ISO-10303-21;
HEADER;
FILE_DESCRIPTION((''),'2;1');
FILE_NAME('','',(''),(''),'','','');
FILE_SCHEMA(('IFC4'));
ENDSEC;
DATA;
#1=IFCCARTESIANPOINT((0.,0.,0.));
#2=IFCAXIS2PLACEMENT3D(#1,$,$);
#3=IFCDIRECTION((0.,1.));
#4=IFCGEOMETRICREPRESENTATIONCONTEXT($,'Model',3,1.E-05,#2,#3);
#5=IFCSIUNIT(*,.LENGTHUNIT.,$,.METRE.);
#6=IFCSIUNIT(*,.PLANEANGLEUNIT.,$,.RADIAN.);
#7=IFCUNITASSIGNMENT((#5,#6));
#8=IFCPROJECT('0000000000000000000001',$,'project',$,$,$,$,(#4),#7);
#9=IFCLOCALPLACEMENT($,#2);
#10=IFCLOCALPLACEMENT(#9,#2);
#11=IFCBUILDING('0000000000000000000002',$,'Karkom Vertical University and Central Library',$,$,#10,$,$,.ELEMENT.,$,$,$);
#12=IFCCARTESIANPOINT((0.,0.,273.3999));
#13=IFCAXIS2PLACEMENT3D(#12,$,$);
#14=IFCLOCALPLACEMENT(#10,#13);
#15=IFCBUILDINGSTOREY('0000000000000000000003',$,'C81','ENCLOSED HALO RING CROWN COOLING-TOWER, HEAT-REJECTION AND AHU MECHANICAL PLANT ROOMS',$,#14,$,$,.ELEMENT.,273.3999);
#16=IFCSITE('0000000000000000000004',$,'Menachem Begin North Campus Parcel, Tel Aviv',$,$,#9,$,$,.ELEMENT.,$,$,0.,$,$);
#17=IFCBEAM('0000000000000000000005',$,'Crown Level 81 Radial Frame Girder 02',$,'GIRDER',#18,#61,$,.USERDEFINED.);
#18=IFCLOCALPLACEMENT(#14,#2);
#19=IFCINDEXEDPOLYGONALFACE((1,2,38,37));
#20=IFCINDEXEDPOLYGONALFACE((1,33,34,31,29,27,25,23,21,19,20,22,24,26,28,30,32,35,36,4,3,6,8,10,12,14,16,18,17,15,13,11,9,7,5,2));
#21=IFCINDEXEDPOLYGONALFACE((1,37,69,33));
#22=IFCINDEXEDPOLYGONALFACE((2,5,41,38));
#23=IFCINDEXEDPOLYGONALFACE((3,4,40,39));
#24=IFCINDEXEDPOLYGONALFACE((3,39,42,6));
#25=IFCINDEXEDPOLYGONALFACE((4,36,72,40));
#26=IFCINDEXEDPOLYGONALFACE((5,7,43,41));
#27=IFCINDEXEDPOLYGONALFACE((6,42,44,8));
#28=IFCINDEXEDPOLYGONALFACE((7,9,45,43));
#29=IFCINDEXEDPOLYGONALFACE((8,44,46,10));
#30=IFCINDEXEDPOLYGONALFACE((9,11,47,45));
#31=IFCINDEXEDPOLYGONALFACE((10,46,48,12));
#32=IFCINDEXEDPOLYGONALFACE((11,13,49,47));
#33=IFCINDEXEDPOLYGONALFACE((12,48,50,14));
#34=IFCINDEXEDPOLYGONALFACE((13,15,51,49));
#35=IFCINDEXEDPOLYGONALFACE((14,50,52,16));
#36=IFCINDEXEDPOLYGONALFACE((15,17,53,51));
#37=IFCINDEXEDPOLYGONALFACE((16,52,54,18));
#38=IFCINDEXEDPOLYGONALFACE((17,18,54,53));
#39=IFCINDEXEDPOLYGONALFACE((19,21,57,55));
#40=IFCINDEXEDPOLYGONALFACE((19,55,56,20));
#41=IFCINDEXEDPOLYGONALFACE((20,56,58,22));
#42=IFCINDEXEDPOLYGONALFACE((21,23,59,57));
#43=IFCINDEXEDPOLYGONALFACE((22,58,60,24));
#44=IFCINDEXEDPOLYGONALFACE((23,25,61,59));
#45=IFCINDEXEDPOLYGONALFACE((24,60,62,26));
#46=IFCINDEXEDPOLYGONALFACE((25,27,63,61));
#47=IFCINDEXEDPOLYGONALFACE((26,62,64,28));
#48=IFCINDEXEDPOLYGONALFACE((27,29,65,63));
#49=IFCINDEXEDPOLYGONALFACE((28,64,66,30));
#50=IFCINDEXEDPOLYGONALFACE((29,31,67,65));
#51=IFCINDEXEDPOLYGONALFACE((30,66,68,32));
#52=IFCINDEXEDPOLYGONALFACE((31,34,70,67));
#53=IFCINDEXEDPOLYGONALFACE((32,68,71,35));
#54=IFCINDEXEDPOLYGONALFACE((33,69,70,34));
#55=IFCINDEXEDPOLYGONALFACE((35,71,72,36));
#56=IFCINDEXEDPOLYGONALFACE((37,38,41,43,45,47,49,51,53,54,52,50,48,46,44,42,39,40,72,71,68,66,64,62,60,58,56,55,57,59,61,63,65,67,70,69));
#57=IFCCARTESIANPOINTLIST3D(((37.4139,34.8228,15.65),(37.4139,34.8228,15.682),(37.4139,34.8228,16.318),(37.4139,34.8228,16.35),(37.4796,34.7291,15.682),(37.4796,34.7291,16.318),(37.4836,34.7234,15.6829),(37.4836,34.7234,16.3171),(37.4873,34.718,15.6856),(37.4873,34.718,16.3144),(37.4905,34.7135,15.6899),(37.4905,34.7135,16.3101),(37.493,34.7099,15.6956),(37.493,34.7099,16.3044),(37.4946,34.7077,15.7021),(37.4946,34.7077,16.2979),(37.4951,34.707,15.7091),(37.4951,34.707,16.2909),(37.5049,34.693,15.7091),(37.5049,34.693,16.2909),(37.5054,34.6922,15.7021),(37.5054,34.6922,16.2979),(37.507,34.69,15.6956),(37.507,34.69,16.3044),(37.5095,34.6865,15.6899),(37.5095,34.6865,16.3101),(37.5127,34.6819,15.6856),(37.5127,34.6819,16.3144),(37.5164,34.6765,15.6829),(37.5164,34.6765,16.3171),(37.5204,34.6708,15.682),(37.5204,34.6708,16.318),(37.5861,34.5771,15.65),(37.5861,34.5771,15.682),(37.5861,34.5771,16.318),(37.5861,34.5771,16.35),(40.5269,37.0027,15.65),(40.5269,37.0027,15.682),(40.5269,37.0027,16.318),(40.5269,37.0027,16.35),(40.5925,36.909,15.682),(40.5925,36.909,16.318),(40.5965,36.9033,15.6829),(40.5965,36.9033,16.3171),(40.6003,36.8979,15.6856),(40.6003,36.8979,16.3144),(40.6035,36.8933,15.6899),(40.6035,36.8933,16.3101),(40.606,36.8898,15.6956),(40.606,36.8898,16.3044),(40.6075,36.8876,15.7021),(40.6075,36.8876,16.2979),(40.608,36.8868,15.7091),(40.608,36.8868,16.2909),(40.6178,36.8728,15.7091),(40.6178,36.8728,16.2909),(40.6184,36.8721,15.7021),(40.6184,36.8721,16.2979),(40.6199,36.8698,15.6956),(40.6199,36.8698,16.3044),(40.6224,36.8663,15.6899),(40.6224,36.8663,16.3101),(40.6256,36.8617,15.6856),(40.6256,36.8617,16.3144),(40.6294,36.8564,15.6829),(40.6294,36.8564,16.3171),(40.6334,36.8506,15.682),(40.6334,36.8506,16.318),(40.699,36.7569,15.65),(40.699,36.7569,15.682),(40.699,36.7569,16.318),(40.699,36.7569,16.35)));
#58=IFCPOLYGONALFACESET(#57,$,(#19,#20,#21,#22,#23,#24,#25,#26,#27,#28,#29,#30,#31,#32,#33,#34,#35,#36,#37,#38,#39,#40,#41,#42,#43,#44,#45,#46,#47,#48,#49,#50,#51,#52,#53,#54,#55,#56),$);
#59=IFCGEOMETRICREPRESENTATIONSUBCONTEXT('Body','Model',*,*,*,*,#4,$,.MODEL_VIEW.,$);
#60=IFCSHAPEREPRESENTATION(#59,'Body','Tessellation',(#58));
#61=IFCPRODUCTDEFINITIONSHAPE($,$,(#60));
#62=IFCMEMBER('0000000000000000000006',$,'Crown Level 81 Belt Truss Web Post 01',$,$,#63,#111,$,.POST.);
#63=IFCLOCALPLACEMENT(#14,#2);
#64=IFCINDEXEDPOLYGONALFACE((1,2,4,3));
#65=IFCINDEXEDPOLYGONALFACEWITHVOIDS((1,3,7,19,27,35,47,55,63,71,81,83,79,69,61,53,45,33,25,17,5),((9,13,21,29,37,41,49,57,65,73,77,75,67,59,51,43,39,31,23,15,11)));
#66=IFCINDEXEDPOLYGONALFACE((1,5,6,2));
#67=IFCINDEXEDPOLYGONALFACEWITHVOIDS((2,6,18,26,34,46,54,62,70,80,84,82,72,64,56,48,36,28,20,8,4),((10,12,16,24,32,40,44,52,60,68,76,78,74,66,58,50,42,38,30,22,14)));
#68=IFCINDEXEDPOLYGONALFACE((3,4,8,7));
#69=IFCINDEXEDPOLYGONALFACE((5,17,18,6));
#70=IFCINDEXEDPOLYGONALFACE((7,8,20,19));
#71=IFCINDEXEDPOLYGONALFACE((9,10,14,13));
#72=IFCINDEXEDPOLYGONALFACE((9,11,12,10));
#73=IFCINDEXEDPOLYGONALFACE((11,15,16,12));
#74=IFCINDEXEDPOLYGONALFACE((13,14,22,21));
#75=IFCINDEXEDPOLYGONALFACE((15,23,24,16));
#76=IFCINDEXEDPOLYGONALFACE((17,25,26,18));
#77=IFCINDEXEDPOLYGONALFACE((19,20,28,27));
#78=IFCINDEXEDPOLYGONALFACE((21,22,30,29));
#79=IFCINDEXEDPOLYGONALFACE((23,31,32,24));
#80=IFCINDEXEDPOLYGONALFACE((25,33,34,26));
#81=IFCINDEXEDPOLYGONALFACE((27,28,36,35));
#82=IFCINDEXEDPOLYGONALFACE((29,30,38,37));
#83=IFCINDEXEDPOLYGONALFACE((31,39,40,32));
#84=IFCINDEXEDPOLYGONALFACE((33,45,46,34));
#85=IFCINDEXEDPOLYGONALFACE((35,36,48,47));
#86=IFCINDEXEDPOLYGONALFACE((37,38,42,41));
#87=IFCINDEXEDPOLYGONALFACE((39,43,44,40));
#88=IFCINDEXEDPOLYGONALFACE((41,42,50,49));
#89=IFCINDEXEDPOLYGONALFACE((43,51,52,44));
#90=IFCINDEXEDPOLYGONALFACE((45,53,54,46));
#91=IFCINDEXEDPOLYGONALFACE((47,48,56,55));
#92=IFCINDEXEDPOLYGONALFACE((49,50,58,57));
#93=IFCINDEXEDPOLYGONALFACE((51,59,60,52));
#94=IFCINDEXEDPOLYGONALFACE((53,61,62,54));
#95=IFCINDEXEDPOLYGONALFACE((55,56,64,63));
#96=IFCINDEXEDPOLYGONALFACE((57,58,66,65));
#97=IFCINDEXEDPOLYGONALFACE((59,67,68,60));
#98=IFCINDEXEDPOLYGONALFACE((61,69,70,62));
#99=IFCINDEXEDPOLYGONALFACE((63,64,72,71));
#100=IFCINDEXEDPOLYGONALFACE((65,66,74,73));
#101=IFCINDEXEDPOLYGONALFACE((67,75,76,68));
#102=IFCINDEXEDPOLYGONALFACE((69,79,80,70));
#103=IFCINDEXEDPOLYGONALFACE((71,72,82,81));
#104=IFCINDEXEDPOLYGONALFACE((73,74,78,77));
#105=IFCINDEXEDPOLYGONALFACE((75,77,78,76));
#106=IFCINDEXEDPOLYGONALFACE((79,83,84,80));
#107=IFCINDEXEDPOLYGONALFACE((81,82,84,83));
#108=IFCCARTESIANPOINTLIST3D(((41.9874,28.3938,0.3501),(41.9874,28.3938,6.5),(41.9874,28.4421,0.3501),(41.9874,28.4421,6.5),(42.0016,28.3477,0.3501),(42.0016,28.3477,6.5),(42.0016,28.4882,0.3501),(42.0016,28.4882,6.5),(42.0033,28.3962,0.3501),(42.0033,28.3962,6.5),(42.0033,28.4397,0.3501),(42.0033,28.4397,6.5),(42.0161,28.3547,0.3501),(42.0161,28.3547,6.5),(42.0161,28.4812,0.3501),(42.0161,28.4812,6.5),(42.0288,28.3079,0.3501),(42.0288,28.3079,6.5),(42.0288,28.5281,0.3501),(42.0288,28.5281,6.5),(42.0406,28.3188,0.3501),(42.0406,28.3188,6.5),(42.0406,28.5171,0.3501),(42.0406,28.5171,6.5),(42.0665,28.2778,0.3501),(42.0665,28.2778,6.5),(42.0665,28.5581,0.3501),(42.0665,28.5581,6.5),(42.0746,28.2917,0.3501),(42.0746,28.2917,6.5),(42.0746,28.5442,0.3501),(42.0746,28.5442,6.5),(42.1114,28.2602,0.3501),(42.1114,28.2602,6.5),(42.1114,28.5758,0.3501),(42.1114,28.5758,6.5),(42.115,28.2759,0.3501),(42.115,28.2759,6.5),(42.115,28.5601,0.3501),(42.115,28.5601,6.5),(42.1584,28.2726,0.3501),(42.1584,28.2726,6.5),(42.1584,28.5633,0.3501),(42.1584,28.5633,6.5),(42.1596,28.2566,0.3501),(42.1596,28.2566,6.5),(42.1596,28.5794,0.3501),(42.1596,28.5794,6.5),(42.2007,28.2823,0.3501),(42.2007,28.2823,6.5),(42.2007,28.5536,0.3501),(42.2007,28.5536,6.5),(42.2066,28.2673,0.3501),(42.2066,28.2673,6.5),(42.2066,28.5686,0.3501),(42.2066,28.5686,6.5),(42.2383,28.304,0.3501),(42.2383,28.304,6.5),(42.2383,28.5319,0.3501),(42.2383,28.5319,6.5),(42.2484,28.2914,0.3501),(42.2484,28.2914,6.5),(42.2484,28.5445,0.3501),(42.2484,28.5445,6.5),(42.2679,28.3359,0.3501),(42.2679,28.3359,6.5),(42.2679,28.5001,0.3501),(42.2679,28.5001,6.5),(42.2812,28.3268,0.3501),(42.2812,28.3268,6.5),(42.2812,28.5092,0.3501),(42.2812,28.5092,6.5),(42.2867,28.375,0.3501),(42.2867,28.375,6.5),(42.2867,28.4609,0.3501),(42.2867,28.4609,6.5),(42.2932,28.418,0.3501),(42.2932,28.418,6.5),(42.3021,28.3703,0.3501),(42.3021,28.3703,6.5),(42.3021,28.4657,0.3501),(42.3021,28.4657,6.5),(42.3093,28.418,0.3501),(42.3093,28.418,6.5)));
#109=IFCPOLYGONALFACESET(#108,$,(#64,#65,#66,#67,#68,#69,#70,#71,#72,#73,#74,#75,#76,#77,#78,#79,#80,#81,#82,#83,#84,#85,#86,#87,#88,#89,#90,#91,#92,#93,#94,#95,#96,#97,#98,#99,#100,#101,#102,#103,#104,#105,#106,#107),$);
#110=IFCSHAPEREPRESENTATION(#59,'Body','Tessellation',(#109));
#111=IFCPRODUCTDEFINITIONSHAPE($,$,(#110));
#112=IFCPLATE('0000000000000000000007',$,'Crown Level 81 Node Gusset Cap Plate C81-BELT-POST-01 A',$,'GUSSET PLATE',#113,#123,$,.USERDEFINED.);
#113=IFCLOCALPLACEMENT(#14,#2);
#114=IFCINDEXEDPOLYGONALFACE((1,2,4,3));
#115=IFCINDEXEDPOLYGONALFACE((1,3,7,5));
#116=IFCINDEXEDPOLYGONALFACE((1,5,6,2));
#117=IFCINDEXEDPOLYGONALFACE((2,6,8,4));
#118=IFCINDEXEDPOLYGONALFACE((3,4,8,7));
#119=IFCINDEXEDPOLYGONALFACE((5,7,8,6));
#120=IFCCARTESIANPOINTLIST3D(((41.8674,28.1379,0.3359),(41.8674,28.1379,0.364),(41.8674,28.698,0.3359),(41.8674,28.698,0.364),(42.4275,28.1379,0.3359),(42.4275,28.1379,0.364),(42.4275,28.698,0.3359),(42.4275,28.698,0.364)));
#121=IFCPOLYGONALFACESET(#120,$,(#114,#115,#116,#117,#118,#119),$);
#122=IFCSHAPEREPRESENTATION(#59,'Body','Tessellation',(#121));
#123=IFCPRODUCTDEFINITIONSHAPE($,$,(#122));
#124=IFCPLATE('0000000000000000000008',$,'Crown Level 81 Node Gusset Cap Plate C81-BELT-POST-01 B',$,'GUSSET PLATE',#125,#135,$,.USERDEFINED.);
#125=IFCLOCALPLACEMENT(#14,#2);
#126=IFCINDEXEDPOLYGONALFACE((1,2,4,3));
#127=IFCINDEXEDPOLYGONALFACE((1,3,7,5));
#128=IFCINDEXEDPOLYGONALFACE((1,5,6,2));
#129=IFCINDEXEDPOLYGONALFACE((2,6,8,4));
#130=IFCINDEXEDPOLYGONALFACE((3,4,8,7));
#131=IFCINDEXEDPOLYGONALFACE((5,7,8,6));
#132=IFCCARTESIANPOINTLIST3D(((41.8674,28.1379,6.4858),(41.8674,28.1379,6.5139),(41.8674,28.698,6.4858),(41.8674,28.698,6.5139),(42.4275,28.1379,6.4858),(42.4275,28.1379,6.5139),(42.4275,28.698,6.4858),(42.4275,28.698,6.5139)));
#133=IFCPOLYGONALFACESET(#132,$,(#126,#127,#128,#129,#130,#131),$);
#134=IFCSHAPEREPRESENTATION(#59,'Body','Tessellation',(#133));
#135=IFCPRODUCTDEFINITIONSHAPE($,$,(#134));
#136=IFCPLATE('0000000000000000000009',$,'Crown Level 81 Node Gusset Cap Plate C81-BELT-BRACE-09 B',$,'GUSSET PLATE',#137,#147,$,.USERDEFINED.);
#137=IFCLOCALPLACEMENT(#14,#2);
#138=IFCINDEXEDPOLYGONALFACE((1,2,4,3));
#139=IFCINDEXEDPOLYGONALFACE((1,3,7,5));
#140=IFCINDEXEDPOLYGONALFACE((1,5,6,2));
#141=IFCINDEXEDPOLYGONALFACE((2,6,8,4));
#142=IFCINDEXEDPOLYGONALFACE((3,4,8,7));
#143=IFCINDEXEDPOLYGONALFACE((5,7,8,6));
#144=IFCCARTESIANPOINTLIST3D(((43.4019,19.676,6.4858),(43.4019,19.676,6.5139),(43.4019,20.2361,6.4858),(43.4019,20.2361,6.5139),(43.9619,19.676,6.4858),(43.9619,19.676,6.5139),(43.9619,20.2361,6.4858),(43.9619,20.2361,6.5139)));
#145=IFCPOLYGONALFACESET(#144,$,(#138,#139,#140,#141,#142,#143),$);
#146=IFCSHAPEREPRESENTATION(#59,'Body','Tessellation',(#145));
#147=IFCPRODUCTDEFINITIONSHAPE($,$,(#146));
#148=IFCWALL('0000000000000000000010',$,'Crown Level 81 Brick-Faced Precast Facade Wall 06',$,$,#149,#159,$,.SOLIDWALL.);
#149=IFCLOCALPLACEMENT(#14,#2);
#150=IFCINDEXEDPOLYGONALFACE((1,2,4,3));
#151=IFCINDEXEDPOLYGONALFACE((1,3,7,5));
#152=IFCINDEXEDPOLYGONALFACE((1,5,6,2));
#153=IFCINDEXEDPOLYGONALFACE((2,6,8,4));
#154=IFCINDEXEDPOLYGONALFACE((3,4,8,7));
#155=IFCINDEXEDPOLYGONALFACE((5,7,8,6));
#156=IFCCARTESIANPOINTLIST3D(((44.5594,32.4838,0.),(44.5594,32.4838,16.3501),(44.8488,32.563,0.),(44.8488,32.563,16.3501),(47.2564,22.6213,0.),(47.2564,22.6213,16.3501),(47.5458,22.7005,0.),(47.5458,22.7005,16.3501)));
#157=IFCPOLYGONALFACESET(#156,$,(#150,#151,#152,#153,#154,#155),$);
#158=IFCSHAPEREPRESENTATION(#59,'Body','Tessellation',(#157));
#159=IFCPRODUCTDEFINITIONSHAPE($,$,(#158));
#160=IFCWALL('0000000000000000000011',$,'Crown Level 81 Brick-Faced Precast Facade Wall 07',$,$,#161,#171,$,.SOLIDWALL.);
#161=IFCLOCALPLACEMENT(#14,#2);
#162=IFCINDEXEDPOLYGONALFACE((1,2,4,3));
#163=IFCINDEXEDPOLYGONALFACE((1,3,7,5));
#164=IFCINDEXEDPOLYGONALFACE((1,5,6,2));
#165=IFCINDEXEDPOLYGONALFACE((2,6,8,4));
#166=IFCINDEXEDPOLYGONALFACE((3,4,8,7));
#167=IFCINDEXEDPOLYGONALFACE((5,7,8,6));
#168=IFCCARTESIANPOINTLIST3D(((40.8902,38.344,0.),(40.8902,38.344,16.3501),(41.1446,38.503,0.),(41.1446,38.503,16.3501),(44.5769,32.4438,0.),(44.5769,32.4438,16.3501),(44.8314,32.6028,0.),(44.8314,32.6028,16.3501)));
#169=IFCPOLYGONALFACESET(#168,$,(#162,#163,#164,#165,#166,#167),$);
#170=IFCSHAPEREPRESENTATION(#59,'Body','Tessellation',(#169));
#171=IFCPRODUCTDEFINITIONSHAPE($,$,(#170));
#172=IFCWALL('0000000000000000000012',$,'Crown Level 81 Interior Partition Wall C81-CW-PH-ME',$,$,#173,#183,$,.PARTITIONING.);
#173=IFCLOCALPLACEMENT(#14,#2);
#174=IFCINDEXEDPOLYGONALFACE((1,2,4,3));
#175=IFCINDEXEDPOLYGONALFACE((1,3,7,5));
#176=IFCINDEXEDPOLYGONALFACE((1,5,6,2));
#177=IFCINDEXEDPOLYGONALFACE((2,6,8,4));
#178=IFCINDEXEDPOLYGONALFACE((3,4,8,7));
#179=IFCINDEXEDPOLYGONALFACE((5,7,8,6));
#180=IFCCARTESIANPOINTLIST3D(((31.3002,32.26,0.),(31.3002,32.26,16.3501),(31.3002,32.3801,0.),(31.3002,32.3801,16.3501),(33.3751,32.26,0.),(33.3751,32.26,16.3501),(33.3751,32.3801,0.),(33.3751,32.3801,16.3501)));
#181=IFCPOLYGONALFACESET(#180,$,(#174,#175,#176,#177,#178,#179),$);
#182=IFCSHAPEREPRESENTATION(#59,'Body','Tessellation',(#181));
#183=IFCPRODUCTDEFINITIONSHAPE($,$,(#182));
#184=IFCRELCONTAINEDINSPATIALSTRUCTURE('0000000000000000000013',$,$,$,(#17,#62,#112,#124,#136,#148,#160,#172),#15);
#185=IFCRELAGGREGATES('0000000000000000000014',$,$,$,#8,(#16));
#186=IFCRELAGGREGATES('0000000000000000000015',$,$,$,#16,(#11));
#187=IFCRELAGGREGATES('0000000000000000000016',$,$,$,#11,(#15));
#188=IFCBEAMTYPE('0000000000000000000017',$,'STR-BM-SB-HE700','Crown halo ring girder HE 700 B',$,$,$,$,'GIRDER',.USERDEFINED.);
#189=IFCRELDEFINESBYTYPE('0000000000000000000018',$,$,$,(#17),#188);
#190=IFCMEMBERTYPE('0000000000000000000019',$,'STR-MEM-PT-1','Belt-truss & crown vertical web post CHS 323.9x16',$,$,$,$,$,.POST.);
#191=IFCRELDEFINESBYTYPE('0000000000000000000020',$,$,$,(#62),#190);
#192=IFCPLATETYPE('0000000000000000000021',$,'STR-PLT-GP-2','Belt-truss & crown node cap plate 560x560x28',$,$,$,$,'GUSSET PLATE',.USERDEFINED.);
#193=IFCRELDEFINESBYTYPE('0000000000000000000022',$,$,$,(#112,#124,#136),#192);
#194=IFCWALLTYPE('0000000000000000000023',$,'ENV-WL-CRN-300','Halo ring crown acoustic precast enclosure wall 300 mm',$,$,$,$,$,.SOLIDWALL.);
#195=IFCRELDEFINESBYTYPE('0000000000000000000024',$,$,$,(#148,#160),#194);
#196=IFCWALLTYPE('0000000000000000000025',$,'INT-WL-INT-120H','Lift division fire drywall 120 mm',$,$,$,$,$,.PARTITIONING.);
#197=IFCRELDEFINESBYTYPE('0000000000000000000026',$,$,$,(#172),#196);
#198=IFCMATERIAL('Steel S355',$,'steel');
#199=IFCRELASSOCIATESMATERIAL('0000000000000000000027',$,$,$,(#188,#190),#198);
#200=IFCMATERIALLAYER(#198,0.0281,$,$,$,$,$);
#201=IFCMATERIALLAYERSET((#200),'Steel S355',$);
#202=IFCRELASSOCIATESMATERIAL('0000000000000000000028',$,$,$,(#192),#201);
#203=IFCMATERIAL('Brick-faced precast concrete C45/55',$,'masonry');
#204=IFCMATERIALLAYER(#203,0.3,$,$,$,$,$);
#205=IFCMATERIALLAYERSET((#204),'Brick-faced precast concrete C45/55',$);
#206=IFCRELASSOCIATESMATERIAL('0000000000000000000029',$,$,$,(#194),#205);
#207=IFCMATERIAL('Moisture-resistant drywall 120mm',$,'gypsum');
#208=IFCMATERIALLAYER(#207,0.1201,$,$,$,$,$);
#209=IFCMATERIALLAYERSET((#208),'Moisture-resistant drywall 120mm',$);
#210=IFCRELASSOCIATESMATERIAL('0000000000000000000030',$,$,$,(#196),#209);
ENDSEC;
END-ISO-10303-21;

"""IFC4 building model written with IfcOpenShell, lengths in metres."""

from ifc_helpers import new_model, si_unit, direction, frame, frame_2d, origin, origin_with_axes, origin_2d, place, context, subcontext, project, spatial, rectangle, hollow_circle, i_section, extrude, source, transform, mapped, material, layer, layer_set, material_profile, profile_set, type_object, element, save


model = new_model("IFC4")

# Units and contexts
model_context = context("Model", 3, precision=1e-05, world=origin(), true_north=direction((0.0, 1.0)))
body_context = subcontext(model_context, "Body", "Model", "MODEL_VIEW")
ifc_project = project(units=[si_unit("LENGTHUNIT", "METRE"), si_unit("PLANEANGLEUNIT", "RADIAN")], contexts=[model_context])

# Site, building, storey
site_placement = place(None, origin())
site = spatial("IfcSite", under=ifc_project, at=site_placement, Name="Menachem Begin North Campus Parcel, Tel Aviv", CompositionType="ELEMENT", RefElevation=0.0)
building_placement = place(site_placement, origin())
building = spatial("IfcBuilding", under=site, at=building_placement, Name="Karkom Vertical University and Central Library", CompositionType="ELEMENT")
storey_placement = place(building_placement, frame((0.0, 0.0, 273.3999)))
storey = spatial("IfcBuildingStorey", under=building, at=storey_placement, Name="C81", Description="ENCLOSED HALO RING CROWN COOLING-TOWER, HEAT-REJECTION AND AHU MECHANICAL PLANT ROOMS", CompositionType="ELEMENT", Elevation=273.3999)

# Shared definitions
ifc_material_1 = material(Name="Steel S355", Category="steel")

# Beam
ifc_material_profile_1 = material_profile(ifc_material_1, i_section(OverallWidth=0.3, OverallDepth=0.7, WebThickness=0.0171, FlangeThickness=0.032, FilletRadius=0.0271, at=origin_2d()), Name="HE 700 B")
ifc_profile_set_1 = profile_set([ifc_material_profile_1], Name="Steel S355")
beam_type_1 = type_object("IfcBeamType", Name="STR-BM-SB-HE700", Description="Crown halo ring girder HE 700 B", ElementType="GIRDER", PredefinedType="USERDEFINED", material=ifc_profile_set_1)
shared_shape_1 = source(origin_with_axes(), body_context, "Body", "SweptSolid", [
    extrude(i_section(OverallWidth=0.3, OverallDepth=0.7, WebThickness=0.0171, FlangeThickness=0.032, FilletRadius=0.0271, at=origin_2d()), origin(), (0.0, 0.0, 1.0), 3.8003),
])
beam_1_placement = place(storey_placement, frame((37.5, 34.7, 16.0), z_axis=(0.819132, 0.573605, 0.0), x_axis=(-0.573605, 0.819132, 0.0)))
element("IfcBeam", 1, at=beam_1_placement, inside=storey, type_object=beam_type_1, Name="Crown Level 81 Radial Frame Girder 02", ObjectType="GIRDER", PredefinedType="USERDEFINED", context=body_context, shape_type="MappedRepresentation", body=[
    mapped(shared_shape_1, transform((0.0, 0.0, 0.0), scale=1.0)),
])

# Member
ifc_material_profile_2 = material_profile(ifc_material_1, hollow_circle(Radius=0.1619, WallThickness=0.0161, at=origin_2d()), Name="CHS 323.9x16")
ifc_profile_set_2 = profile_set([ifc_material_profile_2], Name="Steel S355")
member_type_1 = type_object("IfcMemberType", Name="STR-MEM-PT-1", Description="Belt-truss & crown vertical web post CHS 323.9x16", PredefinedType="POST", material=ifc_profile_set_2)
shared_shape_2 = source(origin_with_axes(), body_context, "Body", "SweptSolid", [
    extrude(hollow_circle(Radius=0.1619, WallThickness=0.0161, at=origin_2d()), origin(), (0.0, 0.0, 1.0), 6.1499),
])
member_1_placement = place(storey_placement, frame((42.1475, 28.418, 0.3501), z_axis=(0.0, 0.0, 1.0), x_axis=(1.0, 0.0, 0.0)))
element("IfcMember", 2, at=member_1_placement, inside=storey, type_object=member_type_1, Name="Crown Level 81 Belt Truss Web Post 01", PredefinedType="POST", context=body_context, shape_type="MappedRepresentation", body=[
    mapped(shared_shape_2, transform((0.0, 0.0, 0.0), scale=1.0)),
])

# Plates
ifc_layer_1 = layer(ifc_material_1, 0.0281)
ifc_layer_set_1 = layer_set([ifc_layer_1], Name="Steel S355")
plate_type = type_object("IfcPlateType", Name="STR-PLT-GP-2", Description="Belt-truss & crown node cap plate 560x560x28", ElementType="GUSSET PLATE", PredefinedType="USERDEFINED", material=ifc_layer_set_1)
shared_shape_3 = source(origin_with_axes(), body_context, "Body", "SweptSolid", [
    extrude(rectangle(XDim=0.5601, YDim=0.5601, at=origin_2d()), origin(), (0.0, 0.0, 1.0), 0.0281),
])
for number, where, z_axis, x_axis, name in (
    (3, (42.1475, 28.418, 0.3359), (0.0, 0.0, 1.0), (1.0, 0.0, 0.0), "Crown Level 81 Node Gusset Cap Plate C81-BELT-POST-01 A"),
    (4, (42.1475, 28.418, 6.4858), (0.0, 0.0, 1.0), (1.0, 0.0, 0.0), "Crown Level 81 Node Gusset Cap Plate C81-BELT-POST-01 B"),
    (5, (43.6819, 19.9561, 6.4858), (0.0, 0.0, 1.0), (1.0, 0.0, 0.0), "Crown Level 81 Node Gusset Cap Plate C81-BELT-BRACE-09 B"),
):
    element("IfcPlate", number, at=place(storey_placement, frame(where, z_axis=z_axis, x_axis=x_axis)), inside=storey, type_object=plate_type, Name=name, ObjectType="GUSSET PLATE", PredefinedType="USERDEFINED", context=body_context, shape_type="MappedRepresentation", body=[
        mapped(shared_shape_3, transform((0.0, 0.0, 0.0), scale=1.0)),
    ])

# Walls
ifc_material_2 = material(Name="Brick-faced precast concrete C45/55", Category="masonry")
ifc_layer_2 = layer(ifc_material_2, 0.3)
ifc_layer_set_2 = layer_set([ifc_layer_2], Name="Brick-faced precast concrete C45/55")
wall_type_1 = type_object("IfcWallType", Name="ENV-WL-CRN-300", Description="Halo ring crown acoustic precast enclosure wall 300 mm", PredefinedType="SOLIDWALL", material=ifc_layer_set_2)
wall_1_placement = place(storey_placement, frame((47.4011, 22.6609, 0.0), z_axis=(0.0, 0.0, 1.0), x_axis=(-0.263776, 0.964584, 0.0)))
element("IfcWall", 6, at=wall_1_placement, inside=storey, type_object=wall_type_1, Name="Crown Level 81 Brick-Faced Precast Facade Wall 06", PredefinedType="SOLIDWALL", context=body_context, shape_type="SweptSolid", body=[
    extrude(rectangle(XDim=10.2246, YDim=0.3, at=frame_2d((5.1123, 0.0))), origin(), (0.0, 0.0, 1.0), 16.3501),
])
wall_2_placement = place(storey_placement, frame((44.7041, 32.5234, 0.0), z_axis=(0.0, 0.0, 1.0), x_axis=(-0.529914, 0.848052, 0.0)))
element("IfcWall", 7, at=wall_2_placement, inside=storey, type_object=wall_type_1, Name="Crown Level 81 Brick-Faced Precast Facade Wall 07", PredefinedType="SOLIDWALL", context=body_context, shape_type="SweptSolid", body=[
    extrude(rectangle(XDim=6.9573, YDim=0.3, at=frame_2d((3.4785, 0.0))), origin(), (0.0, 0.0, 1.0), 16.3501),
])
ifc_material_3 = material(Name="Moisture-resistant drywall 120mm", Category="gypsum")
ifc_layer_3 = layer(ifc_material_3, 0.1201)
ifc_layer_set_3 = layer_set([ifc_layer_3], Name="Moisture-resistant drywall 120mm")
wall_type_2 = type_object("IfcWallType", Name="INT-WL-INT-120H", Description="Lift division fire drywall 120 mm", PredefinedType="PARTITIONING", material=ifc_layer_set_3)
wall_3_placement = place(storey_placement, frame((31.3, 32.3201, 0.0), z_axis=(0.0, 0.0, 1.0), x_axis=(1.0, 0.0, 0.0)))
element("IfcWall", 8, at=wall_3_placement, inside=storey, type_object=wall_type_2, Name="Crown Level 81 Interior Partition Wall C81-CW-PH-ME", PredefinedType="PARTITIONING", context=body_context, shape_type="SweptSolid", body=[
    extrude(rectangle(XDim=2.075, YDim=0.1201, at=frame_2d((1.0376, 0.0))), origin(), (0.0, 0.0, 1.0), 16.3501),
])

save(model, "model.ifc")
